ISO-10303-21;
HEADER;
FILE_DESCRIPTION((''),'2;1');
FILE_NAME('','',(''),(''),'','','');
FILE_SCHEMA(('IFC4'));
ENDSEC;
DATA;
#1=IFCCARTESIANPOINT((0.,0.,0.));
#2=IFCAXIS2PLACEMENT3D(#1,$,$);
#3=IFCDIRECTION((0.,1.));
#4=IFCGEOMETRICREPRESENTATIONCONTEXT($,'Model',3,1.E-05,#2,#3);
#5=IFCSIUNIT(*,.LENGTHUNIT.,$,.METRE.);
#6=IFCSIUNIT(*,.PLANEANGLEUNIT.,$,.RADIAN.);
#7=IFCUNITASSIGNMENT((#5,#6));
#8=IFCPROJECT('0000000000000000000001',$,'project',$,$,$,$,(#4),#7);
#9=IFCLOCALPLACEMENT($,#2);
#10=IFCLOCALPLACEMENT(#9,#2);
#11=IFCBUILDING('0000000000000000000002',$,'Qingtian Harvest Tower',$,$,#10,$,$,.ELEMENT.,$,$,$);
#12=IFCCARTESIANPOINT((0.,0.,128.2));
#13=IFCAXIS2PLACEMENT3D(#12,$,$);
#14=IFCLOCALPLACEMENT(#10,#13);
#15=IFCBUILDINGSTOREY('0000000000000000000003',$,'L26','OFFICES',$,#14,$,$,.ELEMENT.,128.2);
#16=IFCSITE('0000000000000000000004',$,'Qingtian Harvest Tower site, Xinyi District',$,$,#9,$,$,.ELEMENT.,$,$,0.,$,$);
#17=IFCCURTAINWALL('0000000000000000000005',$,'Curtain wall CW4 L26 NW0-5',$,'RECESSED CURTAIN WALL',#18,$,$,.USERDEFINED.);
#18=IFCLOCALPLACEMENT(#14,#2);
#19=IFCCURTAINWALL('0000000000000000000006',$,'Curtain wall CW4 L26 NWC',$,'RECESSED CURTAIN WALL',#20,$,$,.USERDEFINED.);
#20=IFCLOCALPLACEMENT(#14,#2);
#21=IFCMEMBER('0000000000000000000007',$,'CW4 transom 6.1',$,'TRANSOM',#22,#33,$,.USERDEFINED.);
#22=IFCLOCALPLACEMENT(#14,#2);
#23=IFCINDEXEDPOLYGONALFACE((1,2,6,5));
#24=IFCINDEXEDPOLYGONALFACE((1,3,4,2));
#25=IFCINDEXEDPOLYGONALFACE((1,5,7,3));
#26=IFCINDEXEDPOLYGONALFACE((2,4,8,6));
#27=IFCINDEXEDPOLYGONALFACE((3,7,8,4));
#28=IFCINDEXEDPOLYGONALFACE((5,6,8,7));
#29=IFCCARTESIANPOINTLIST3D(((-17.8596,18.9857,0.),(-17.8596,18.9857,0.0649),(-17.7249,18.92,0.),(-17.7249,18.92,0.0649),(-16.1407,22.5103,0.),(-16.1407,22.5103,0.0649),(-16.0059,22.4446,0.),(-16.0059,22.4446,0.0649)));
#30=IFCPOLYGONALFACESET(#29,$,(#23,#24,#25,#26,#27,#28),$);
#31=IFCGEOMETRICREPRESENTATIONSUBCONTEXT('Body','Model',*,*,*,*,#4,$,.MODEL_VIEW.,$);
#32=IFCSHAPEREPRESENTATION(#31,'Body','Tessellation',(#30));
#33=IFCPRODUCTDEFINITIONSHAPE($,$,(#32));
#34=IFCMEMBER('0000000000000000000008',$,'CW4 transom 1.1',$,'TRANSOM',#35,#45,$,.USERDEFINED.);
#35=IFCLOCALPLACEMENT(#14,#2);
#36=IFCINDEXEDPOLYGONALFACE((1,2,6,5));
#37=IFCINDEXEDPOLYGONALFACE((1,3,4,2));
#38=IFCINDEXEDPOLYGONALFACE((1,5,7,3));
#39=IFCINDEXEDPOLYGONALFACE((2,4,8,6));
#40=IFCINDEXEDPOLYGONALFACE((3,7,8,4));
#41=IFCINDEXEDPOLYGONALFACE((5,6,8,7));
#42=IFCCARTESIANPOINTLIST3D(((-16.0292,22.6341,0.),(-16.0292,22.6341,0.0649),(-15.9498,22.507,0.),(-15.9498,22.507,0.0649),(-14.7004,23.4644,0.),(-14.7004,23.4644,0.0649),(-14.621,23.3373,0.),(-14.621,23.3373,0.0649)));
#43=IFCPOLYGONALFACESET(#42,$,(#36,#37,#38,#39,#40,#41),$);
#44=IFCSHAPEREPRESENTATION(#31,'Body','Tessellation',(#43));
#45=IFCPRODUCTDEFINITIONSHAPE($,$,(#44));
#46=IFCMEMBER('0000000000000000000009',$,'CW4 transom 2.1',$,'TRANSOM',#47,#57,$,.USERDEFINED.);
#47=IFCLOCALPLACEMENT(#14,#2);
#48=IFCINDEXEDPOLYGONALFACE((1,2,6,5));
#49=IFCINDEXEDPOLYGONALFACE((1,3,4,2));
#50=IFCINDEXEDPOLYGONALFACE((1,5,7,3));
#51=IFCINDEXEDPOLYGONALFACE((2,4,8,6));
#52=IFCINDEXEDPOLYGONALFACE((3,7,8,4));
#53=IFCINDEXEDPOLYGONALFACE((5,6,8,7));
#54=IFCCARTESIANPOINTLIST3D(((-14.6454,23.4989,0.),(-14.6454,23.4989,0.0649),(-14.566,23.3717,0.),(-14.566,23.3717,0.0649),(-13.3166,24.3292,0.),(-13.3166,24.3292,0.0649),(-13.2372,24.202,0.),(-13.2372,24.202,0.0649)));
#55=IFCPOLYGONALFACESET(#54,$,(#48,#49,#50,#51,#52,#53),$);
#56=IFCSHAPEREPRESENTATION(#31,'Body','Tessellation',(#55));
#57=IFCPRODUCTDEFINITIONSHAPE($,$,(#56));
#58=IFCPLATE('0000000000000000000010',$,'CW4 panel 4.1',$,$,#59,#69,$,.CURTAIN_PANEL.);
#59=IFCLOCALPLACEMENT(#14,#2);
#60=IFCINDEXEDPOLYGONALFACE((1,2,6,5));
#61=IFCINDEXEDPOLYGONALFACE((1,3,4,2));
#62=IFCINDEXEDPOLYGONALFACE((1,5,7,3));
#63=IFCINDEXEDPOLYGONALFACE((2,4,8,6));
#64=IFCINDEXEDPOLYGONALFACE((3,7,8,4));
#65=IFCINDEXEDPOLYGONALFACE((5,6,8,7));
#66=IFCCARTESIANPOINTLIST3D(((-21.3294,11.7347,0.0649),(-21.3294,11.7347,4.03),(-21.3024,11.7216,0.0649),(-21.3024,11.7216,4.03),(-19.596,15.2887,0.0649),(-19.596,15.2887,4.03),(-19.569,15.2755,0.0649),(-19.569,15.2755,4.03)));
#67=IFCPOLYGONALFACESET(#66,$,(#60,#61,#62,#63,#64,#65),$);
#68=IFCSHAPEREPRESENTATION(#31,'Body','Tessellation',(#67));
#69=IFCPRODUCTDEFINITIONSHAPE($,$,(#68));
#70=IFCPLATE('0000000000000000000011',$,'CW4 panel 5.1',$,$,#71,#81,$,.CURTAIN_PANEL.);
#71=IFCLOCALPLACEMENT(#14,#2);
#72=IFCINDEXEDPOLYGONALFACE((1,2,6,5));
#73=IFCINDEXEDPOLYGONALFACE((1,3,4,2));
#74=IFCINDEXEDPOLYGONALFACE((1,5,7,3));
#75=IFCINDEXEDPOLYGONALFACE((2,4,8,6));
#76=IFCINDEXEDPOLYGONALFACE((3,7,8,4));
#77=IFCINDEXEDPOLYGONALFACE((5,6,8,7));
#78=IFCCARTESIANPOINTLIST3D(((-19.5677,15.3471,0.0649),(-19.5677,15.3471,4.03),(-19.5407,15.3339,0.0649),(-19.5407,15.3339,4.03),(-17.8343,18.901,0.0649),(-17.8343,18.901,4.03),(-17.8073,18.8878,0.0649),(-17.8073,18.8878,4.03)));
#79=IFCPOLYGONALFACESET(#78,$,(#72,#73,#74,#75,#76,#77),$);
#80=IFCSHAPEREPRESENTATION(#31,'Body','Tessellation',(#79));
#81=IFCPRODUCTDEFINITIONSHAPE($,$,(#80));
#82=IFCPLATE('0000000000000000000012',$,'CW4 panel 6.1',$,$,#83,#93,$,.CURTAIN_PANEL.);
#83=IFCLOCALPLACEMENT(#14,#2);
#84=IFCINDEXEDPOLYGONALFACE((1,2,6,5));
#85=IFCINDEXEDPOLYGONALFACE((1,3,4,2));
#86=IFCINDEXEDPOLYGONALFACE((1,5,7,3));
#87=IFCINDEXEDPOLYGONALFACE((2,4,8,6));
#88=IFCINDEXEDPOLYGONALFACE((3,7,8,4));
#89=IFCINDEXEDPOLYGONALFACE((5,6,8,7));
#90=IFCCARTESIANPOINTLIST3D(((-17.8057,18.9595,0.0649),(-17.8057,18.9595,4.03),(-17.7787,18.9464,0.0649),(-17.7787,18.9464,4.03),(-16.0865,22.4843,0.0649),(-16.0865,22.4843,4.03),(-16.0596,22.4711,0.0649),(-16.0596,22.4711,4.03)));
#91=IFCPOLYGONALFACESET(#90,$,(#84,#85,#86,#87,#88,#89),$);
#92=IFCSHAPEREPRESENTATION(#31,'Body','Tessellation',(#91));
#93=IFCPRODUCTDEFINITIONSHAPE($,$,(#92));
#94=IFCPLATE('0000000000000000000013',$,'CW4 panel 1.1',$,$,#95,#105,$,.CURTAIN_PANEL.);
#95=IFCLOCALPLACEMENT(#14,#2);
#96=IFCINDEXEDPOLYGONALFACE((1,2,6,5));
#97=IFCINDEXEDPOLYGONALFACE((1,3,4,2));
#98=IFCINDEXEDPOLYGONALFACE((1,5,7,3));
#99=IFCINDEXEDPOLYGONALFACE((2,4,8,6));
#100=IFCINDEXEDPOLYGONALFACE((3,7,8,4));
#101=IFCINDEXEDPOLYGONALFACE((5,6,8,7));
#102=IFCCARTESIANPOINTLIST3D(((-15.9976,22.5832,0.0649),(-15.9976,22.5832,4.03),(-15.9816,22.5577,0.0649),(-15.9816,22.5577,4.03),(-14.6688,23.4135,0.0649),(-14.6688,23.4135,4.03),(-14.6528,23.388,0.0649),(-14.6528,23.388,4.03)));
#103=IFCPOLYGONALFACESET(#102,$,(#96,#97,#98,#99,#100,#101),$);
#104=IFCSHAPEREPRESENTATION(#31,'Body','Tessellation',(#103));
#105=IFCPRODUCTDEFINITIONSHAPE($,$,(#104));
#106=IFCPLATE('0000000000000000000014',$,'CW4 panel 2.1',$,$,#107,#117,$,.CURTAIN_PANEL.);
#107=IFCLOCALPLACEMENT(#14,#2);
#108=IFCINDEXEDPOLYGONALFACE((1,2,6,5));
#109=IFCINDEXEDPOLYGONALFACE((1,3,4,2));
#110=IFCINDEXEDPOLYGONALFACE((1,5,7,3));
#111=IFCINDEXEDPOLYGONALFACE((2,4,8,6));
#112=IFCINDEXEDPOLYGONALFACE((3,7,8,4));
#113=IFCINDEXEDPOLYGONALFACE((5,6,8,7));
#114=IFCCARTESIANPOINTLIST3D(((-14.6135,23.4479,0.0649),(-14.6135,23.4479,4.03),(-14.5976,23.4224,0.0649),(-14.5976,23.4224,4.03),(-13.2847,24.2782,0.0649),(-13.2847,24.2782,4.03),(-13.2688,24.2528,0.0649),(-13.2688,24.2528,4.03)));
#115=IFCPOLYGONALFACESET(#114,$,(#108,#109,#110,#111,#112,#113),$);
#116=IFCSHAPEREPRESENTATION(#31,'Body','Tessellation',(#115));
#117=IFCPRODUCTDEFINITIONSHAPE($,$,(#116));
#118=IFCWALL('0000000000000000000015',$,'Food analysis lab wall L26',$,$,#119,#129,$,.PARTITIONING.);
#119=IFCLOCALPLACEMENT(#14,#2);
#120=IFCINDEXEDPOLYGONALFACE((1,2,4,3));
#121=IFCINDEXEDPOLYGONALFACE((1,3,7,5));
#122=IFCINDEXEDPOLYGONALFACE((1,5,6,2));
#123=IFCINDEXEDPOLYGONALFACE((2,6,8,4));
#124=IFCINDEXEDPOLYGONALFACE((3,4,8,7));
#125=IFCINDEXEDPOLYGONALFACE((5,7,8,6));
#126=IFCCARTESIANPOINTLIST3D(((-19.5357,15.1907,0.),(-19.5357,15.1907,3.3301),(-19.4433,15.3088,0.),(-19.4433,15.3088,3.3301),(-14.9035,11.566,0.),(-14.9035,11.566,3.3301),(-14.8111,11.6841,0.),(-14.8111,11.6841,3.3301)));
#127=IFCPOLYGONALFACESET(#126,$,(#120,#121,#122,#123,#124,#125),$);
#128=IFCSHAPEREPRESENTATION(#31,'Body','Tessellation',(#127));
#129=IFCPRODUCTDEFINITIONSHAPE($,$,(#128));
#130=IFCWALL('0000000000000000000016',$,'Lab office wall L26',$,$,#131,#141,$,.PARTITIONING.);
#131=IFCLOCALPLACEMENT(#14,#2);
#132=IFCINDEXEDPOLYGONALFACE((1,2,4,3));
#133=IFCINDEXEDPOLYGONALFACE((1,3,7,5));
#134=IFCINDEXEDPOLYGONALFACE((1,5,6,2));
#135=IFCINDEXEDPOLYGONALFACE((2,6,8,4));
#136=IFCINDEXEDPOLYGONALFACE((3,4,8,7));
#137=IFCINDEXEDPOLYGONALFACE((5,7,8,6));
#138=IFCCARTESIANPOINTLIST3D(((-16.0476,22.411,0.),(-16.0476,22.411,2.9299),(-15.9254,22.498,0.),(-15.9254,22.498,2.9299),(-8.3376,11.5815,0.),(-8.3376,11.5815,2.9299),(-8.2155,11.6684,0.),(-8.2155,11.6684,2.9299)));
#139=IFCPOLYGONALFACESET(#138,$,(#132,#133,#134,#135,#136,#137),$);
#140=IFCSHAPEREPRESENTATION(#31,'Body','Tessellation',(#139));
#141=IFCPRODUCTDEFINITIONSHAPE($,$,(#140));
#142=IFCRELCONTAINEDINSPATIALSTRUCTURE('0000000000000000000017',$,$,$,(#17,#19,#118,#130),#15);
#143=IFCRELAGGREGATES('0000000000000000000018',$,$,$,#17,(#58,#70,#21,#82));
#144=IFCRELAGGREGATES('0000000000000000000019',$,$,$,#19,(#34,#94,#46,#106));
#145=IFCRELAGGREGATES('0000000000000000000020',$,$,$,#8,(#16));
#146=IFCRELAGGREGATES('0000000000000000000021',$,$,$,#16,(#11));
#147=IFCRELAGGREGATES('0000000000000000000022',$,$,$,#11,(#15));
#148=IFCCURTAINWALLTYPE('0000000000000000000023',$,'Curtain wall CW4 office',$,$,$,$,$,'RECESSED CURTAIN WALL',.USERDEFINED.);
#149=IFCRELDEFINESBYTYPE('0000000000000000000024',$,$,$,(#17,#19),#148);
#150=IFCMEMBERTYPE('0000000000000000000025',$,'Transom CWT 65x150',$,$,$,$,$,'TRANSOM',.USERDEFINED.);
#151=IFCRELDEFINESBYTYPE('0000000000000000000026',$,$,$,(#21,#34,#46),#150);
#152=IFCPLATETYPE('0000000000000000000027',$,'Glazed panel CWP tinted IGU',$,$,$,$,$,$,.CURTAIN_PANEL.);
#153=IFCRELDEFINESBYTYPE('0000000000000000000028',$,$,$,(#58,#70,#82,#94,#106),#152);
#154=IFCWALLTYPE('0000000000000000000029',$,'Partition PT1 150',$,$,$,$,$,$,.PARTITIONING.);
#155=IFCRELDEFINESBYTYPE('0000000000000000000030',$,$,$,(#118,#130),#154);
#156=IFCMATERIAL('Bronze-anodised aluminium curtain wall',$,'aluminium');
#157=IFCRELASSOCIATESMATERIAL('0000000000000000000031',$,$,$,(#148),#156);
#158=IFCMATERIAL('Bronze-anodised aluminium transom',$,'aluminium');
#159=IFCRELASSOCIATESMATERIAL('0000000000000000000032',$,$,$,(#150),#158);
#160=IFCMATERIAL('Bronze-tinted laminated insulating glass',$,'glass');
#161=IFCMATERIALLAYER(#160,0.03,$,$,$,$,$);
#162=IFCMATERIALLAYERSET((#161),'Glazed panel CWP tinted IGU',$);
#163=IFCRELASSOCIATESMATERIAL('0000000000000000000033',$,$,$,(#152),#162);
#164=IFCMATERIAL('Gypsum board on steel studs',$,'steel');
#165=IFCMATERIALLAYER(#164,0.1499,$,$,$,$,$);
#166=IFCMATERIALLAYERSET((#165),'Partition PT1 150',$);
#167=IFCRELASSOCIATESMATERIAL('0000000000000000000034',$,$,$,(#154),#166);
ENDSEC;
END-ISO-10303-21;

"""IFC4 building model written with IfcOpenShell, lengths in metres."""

from ifc_helpers import new_model, si_unit, direction, frame, frame_2d, origin, origin_2d, place, context, subcontext, project, spatial, rectangle, extrude, material, layer, layer_set, material_profile, profile_set, type_object, element, aggregate, save


model = new_model("IFC4")

# Units and contexts
model_context = context("Model", 3, precision=1e-05, world=origin(), true_north=direction((0.0, 1.0)))
body_context = subcontext(model_context, "Body", "Model", "MODEL_VIEW")
ifc_project = project(units=[si_unit("LENGTHUNIT", "METRE"), si_unit("PLANEANGLEUNIT", "RADIAN")], contexts=[model_context])

# Site, building, storey
site_placement = place(None, origin())
site = spatial("IfcSite", under=ifc_project, at=site_placement, Name="Qingtian Harvest Tower site, Xinyi District", CompositionType="ELEMENT", RefElevation=0.0)
building_placement = place(site_placement, origin())
building = spatial("IfcBuilding", under=site, at=building_placement, Name="Qingtian Harvest Tower", CompositionType="ELEMENT")
storey_placement = place(building_placement, frame((0.0, 0.0, 128.2)))
storey = spatial("IfcBuildingStorey", under=building, at=storey_placement, Name="L26", Description="OFFICES", CompositionType="ELEMENT", Elevation=128.2)

# Curtain walls
ifc_material_1 = material(Name="Bronze-anodised aluminium curtain wall", Category="aluminium")
curtain_wall_type = type_object("IfcCurtainWallType", Name="Curtain wall CW4 office", ElementType="RECESSED CURTAIN WALL", PredefinedType="USERDEFINED", material=ifc_material_1)
curtain_wall_1_placement = place(storey_placement, origin())
curtain_wall_1 = element("IfcCurtainWall", 1, at=curtain_wall_1_placement, inside=storey, type_object=curtain_wall_type, Name="Curtain wall CW4 L26 NW0-5", ObjectType="RECESSED CURTAIN WALL", PredefinedType="USERDEFINED")
curtain_wall_2_placement = place(storey_placement, origin())
curtain_wall_2 = element("IfcCurtainWall", 2, at=curtain_wall_2_placement, inside=storey, type_object=curtain_wall_type, Name="Curtain wall CW4 L26 NWC", ObjectType="RECESSED CURTAIN WALL", PredefinedType="USERDEFINED")

# Members
ifc_material_2 = material(Name="Bronze-anodised aluminium transom", Category="aluminium")
ifc_material_profile_1 = material_profile(ifc_material_2, rectangle(XDim=0.1499, YDim=0.0649, at=origin_2d()), Name="AL 65x150")
ifc_profile_set_1 = profile_set([ifc_material_profile_1], Name="Bronze-anodised aluminium transom")
member_type_1 = type_object("IfcMemberType", Name="Transom CWT 65x150", ElementType="TRANSOM", PredefinedType="USERDEFINED", material=ifc_profile_set_1)
member_1_placement = place(storey_placement, frame((-17.7922, 18.9529, 0.0325), z_axis=(0.438351, 0.898804, 0.0), x_axis=(-0.898804, 0.438351, 0.0)))
member_1 = element("IfcMember", 3, at=member_1_placement, type_object=member_type_1, Name="CW4 transom 6.1", ObjectType="TRANSOM", PredefinedType="USERDEFINED", context=body_context, shape_type="SweptSolid", body=[
    extrude(rectangle(XDim=0.1499, YDim=0.0649, at=origin_2d()), origin(), (0.0, 0.0, 1.0), 3.9214),
])
member_2_placement = place(storey_placement, frame((-15.9895, 22.5706, 0.0325), z_axis=(0.84806, 0.529901, 0.0), x_axis=(-0.529901, 0.84806, 0.0)))
member_2 = element("IfcMember", 4, at=member_2_placement, type_object=member_type_1, Name="CW4 transom 1.1", ObjectType="TRANSOM", PredefinedType="USERDEFINED", context=body_context, shape_type="SweptSolid", body=[
    extrude(rectangle(XDim=0.1499, YDim=0.0649, at=origin_2d()), origin(), (0.0, 0.0, 1.0), 1.5669),
])
member_3_placement = place(storey_placement, frame((-14.6057, 23.4353, 0.0325), z_axis=(0.84806, 0.529901, 0.0), x_axis=(-0.529901, 0.84806, 0.0)))
member_3 = element("IfcMember", 5, at=member_3_placement, type_object=member_type_1, Name="CW4 transom 2.1", ObjectType="TRANSOM", PredefinedType="USERDEFINED", context=body_context, shape_type="SweptSolid", body=[
    extrude(rectangle(XDim=0.1499, YDim=0.0649, at=origin_2d()), origin(), (0.0, 0.0, 1.0), 1.5669),
])

# Plates
ifc_material_3 = material(Name="Bronze-tinted laminated insulating glass", Category="glass")
ifc_layer_1 = layer(ifc_material_3, 0.03)
ifc_layer_set_1 = layer_set([ifc_layer_1], Name="Glazed panel CWP tinted IGU")
plate_type = type_object("IfcPlateType", Name="Glazed panel CWP tinted IGU", PredefinedType="CURTAIN_PANEL", material=ifc_layer_set_1)
plate_1_placement = place(storey_placement, frame((-20.4492, 13.5051, 0.0649), z_axis=(0.0, 0.0, 1.0), x_axis=(0.438371, 0.898794, 0.0)))
plate_1 = element("IfcPlate", 6, at=plate_1_placement, type_object=plate_type, Name="CW4 panel 4.1", PredefinedType="CURTAIN_PANEL", context=body_context, shape_type="SweptSolid", body=[
    extrude(rectangle(XDim=3.9541, YDim=0.03, at=origin_2d()), origin(), (0.0, 0.0, 1.0), 3.9651),
])
plate_2_placement = place(storey_placement, frame((-18.6875, 17.1174, 0.0649), z_axis=(0.0, 0.0, 1.0), x_axis=(0.438371, 0.898794, 0.0)))
plate_2 = element("IfcPlate", 7, at=plate_2_placement, type_object=plate_type, Name="CW4 panel 5.1", PredefinedType="CURTAIN_PANEL", context=body_context, shape_type="SweptSolid", body=[
    extrude(rectangle(XDim=3.9541, YDim=0.03, at=origin_2d()), origin(), (0.0, 0.0, 1.0), 3.9651),
])
plate_3_placement = place(storey_placement, frame((-16.9326, 20.7153, 0.0649), z_axis=(0.0, 0.0, 1.0), x_axis=(0.438371, 0.898794, 0.0)))
plate_3 = element("IfcPlate", 8, at=plate_3_placement, type_object=plate_type, Name="CW4 panel 6.1", PredefinedType="CURTAIN_PANEL", context=body_context, shape_type="SweptSolid", body=[
    extrude(rectangle(XDim=3.9216, YDim=0.03, at=origin_2d()), origin(), (0.0, 0.0, 1.0), 3.9651),
])
aggregate(curtain_wall_1, [plate_1, plate_2, member_1, plate_3])
plate_4_placement = place(storey_placement, frame((-15.3252, 22.9856, 0.0649), z_axis=(0.0, 0.0, 1.0), x_axis=(0.848048, 0.529919, 0.0)))
plate_4 = element("IfcPlate", 9, at=plate_4_placement, type_object=plate_type, Name="CW4 panel 1.1", PredefinedType="CURTAIN_PANEL", context=body_context, shape_type="SweptSolid", body=[
    extrude(rectangle(XDim=1.5669, YDim=0.03, at=origin_2d()), origin(), (0.0, 0.0, 1.0), 3.9651),
])
plate_5_placement = place(storey_placement, frame((-13.9412, 23.8503, 0.0649), z_axis=(0.0, 0.0, 1.0), x_axis=(0.848048, 0.529919, 0.0)))
plate_5 = element("IfcPlate", 10, at=plate_5_placement, type_object=plate_type, Name="CW4 panel 2.1", PredefinedType="CURTAIN_PANEL", context=body_context, shape_type="SweptSolid", body=[
    extrude(rectangle(XDim=1.5669, YDim=0.03, at=origin_2d()), origin(), (0.0, 0.0, 1.0), 3.9651),
])
aggregate(curtain_wall_2, [member_2, plate_4, member_3, plate_5])

# Walls
ifc_material_4 = material(Name="Gypsum board on steel studs", Category="steel")
ifc_layer_2 = layer(ifc_material_4, 0.1499)
ifc_layer_set_2 = layer_set([ifc_layer_2], Name="Partition PT1 150")
wall_type = type_object("IfcWallType", Name="Partition PT1 150", PredefinedType="PARTITIONING", material=ifc_layer_set_2)
wall_1_placement = place(storey_placement, frame((-19.4895, 15.2498, 0.0), z_axis=(0.0, 0.0, 1.0), x_axis=(0.78755, -0.616251, 0.0)))
element("IfcWall", 11, at=wall_1_placement, inside=storey, type_object=wall_type, Name="Food analysis lab wall L26", PredefinedType="PARTITIONING", context=body_context, shape_type="SweptSolid", body=[
    extrude(rectangle(XDim=5.8818, YDim=0.1499, at=frame_2d((2.9409, 0.0))), origin(), (0.0, 0.0, 1.0), 3.3301),
])
wall_2_placement = place(storey_placement, frame((-15.9866, 22.4546, 0.0), z_axis=(0.0, 0.0, 1.0), x_axis=(0.579969, -0.814638, 0.0)))
element("IfcWall", 12, at=wall_2_placement, inside=storey, type_object=wall_type, Name="Lab office wall L26", PredefinedType="PARTITIONING", context=body_context, shape_type="SweptSolid", body=[
    extrude(rectangle(XDim=13.2937, YDim=0.1499, at=frame_2d((6.647, 0.0))), origin(), (0.0, 0.0, 1.0), 2.9299),
])

save(model, "model.ifc")
